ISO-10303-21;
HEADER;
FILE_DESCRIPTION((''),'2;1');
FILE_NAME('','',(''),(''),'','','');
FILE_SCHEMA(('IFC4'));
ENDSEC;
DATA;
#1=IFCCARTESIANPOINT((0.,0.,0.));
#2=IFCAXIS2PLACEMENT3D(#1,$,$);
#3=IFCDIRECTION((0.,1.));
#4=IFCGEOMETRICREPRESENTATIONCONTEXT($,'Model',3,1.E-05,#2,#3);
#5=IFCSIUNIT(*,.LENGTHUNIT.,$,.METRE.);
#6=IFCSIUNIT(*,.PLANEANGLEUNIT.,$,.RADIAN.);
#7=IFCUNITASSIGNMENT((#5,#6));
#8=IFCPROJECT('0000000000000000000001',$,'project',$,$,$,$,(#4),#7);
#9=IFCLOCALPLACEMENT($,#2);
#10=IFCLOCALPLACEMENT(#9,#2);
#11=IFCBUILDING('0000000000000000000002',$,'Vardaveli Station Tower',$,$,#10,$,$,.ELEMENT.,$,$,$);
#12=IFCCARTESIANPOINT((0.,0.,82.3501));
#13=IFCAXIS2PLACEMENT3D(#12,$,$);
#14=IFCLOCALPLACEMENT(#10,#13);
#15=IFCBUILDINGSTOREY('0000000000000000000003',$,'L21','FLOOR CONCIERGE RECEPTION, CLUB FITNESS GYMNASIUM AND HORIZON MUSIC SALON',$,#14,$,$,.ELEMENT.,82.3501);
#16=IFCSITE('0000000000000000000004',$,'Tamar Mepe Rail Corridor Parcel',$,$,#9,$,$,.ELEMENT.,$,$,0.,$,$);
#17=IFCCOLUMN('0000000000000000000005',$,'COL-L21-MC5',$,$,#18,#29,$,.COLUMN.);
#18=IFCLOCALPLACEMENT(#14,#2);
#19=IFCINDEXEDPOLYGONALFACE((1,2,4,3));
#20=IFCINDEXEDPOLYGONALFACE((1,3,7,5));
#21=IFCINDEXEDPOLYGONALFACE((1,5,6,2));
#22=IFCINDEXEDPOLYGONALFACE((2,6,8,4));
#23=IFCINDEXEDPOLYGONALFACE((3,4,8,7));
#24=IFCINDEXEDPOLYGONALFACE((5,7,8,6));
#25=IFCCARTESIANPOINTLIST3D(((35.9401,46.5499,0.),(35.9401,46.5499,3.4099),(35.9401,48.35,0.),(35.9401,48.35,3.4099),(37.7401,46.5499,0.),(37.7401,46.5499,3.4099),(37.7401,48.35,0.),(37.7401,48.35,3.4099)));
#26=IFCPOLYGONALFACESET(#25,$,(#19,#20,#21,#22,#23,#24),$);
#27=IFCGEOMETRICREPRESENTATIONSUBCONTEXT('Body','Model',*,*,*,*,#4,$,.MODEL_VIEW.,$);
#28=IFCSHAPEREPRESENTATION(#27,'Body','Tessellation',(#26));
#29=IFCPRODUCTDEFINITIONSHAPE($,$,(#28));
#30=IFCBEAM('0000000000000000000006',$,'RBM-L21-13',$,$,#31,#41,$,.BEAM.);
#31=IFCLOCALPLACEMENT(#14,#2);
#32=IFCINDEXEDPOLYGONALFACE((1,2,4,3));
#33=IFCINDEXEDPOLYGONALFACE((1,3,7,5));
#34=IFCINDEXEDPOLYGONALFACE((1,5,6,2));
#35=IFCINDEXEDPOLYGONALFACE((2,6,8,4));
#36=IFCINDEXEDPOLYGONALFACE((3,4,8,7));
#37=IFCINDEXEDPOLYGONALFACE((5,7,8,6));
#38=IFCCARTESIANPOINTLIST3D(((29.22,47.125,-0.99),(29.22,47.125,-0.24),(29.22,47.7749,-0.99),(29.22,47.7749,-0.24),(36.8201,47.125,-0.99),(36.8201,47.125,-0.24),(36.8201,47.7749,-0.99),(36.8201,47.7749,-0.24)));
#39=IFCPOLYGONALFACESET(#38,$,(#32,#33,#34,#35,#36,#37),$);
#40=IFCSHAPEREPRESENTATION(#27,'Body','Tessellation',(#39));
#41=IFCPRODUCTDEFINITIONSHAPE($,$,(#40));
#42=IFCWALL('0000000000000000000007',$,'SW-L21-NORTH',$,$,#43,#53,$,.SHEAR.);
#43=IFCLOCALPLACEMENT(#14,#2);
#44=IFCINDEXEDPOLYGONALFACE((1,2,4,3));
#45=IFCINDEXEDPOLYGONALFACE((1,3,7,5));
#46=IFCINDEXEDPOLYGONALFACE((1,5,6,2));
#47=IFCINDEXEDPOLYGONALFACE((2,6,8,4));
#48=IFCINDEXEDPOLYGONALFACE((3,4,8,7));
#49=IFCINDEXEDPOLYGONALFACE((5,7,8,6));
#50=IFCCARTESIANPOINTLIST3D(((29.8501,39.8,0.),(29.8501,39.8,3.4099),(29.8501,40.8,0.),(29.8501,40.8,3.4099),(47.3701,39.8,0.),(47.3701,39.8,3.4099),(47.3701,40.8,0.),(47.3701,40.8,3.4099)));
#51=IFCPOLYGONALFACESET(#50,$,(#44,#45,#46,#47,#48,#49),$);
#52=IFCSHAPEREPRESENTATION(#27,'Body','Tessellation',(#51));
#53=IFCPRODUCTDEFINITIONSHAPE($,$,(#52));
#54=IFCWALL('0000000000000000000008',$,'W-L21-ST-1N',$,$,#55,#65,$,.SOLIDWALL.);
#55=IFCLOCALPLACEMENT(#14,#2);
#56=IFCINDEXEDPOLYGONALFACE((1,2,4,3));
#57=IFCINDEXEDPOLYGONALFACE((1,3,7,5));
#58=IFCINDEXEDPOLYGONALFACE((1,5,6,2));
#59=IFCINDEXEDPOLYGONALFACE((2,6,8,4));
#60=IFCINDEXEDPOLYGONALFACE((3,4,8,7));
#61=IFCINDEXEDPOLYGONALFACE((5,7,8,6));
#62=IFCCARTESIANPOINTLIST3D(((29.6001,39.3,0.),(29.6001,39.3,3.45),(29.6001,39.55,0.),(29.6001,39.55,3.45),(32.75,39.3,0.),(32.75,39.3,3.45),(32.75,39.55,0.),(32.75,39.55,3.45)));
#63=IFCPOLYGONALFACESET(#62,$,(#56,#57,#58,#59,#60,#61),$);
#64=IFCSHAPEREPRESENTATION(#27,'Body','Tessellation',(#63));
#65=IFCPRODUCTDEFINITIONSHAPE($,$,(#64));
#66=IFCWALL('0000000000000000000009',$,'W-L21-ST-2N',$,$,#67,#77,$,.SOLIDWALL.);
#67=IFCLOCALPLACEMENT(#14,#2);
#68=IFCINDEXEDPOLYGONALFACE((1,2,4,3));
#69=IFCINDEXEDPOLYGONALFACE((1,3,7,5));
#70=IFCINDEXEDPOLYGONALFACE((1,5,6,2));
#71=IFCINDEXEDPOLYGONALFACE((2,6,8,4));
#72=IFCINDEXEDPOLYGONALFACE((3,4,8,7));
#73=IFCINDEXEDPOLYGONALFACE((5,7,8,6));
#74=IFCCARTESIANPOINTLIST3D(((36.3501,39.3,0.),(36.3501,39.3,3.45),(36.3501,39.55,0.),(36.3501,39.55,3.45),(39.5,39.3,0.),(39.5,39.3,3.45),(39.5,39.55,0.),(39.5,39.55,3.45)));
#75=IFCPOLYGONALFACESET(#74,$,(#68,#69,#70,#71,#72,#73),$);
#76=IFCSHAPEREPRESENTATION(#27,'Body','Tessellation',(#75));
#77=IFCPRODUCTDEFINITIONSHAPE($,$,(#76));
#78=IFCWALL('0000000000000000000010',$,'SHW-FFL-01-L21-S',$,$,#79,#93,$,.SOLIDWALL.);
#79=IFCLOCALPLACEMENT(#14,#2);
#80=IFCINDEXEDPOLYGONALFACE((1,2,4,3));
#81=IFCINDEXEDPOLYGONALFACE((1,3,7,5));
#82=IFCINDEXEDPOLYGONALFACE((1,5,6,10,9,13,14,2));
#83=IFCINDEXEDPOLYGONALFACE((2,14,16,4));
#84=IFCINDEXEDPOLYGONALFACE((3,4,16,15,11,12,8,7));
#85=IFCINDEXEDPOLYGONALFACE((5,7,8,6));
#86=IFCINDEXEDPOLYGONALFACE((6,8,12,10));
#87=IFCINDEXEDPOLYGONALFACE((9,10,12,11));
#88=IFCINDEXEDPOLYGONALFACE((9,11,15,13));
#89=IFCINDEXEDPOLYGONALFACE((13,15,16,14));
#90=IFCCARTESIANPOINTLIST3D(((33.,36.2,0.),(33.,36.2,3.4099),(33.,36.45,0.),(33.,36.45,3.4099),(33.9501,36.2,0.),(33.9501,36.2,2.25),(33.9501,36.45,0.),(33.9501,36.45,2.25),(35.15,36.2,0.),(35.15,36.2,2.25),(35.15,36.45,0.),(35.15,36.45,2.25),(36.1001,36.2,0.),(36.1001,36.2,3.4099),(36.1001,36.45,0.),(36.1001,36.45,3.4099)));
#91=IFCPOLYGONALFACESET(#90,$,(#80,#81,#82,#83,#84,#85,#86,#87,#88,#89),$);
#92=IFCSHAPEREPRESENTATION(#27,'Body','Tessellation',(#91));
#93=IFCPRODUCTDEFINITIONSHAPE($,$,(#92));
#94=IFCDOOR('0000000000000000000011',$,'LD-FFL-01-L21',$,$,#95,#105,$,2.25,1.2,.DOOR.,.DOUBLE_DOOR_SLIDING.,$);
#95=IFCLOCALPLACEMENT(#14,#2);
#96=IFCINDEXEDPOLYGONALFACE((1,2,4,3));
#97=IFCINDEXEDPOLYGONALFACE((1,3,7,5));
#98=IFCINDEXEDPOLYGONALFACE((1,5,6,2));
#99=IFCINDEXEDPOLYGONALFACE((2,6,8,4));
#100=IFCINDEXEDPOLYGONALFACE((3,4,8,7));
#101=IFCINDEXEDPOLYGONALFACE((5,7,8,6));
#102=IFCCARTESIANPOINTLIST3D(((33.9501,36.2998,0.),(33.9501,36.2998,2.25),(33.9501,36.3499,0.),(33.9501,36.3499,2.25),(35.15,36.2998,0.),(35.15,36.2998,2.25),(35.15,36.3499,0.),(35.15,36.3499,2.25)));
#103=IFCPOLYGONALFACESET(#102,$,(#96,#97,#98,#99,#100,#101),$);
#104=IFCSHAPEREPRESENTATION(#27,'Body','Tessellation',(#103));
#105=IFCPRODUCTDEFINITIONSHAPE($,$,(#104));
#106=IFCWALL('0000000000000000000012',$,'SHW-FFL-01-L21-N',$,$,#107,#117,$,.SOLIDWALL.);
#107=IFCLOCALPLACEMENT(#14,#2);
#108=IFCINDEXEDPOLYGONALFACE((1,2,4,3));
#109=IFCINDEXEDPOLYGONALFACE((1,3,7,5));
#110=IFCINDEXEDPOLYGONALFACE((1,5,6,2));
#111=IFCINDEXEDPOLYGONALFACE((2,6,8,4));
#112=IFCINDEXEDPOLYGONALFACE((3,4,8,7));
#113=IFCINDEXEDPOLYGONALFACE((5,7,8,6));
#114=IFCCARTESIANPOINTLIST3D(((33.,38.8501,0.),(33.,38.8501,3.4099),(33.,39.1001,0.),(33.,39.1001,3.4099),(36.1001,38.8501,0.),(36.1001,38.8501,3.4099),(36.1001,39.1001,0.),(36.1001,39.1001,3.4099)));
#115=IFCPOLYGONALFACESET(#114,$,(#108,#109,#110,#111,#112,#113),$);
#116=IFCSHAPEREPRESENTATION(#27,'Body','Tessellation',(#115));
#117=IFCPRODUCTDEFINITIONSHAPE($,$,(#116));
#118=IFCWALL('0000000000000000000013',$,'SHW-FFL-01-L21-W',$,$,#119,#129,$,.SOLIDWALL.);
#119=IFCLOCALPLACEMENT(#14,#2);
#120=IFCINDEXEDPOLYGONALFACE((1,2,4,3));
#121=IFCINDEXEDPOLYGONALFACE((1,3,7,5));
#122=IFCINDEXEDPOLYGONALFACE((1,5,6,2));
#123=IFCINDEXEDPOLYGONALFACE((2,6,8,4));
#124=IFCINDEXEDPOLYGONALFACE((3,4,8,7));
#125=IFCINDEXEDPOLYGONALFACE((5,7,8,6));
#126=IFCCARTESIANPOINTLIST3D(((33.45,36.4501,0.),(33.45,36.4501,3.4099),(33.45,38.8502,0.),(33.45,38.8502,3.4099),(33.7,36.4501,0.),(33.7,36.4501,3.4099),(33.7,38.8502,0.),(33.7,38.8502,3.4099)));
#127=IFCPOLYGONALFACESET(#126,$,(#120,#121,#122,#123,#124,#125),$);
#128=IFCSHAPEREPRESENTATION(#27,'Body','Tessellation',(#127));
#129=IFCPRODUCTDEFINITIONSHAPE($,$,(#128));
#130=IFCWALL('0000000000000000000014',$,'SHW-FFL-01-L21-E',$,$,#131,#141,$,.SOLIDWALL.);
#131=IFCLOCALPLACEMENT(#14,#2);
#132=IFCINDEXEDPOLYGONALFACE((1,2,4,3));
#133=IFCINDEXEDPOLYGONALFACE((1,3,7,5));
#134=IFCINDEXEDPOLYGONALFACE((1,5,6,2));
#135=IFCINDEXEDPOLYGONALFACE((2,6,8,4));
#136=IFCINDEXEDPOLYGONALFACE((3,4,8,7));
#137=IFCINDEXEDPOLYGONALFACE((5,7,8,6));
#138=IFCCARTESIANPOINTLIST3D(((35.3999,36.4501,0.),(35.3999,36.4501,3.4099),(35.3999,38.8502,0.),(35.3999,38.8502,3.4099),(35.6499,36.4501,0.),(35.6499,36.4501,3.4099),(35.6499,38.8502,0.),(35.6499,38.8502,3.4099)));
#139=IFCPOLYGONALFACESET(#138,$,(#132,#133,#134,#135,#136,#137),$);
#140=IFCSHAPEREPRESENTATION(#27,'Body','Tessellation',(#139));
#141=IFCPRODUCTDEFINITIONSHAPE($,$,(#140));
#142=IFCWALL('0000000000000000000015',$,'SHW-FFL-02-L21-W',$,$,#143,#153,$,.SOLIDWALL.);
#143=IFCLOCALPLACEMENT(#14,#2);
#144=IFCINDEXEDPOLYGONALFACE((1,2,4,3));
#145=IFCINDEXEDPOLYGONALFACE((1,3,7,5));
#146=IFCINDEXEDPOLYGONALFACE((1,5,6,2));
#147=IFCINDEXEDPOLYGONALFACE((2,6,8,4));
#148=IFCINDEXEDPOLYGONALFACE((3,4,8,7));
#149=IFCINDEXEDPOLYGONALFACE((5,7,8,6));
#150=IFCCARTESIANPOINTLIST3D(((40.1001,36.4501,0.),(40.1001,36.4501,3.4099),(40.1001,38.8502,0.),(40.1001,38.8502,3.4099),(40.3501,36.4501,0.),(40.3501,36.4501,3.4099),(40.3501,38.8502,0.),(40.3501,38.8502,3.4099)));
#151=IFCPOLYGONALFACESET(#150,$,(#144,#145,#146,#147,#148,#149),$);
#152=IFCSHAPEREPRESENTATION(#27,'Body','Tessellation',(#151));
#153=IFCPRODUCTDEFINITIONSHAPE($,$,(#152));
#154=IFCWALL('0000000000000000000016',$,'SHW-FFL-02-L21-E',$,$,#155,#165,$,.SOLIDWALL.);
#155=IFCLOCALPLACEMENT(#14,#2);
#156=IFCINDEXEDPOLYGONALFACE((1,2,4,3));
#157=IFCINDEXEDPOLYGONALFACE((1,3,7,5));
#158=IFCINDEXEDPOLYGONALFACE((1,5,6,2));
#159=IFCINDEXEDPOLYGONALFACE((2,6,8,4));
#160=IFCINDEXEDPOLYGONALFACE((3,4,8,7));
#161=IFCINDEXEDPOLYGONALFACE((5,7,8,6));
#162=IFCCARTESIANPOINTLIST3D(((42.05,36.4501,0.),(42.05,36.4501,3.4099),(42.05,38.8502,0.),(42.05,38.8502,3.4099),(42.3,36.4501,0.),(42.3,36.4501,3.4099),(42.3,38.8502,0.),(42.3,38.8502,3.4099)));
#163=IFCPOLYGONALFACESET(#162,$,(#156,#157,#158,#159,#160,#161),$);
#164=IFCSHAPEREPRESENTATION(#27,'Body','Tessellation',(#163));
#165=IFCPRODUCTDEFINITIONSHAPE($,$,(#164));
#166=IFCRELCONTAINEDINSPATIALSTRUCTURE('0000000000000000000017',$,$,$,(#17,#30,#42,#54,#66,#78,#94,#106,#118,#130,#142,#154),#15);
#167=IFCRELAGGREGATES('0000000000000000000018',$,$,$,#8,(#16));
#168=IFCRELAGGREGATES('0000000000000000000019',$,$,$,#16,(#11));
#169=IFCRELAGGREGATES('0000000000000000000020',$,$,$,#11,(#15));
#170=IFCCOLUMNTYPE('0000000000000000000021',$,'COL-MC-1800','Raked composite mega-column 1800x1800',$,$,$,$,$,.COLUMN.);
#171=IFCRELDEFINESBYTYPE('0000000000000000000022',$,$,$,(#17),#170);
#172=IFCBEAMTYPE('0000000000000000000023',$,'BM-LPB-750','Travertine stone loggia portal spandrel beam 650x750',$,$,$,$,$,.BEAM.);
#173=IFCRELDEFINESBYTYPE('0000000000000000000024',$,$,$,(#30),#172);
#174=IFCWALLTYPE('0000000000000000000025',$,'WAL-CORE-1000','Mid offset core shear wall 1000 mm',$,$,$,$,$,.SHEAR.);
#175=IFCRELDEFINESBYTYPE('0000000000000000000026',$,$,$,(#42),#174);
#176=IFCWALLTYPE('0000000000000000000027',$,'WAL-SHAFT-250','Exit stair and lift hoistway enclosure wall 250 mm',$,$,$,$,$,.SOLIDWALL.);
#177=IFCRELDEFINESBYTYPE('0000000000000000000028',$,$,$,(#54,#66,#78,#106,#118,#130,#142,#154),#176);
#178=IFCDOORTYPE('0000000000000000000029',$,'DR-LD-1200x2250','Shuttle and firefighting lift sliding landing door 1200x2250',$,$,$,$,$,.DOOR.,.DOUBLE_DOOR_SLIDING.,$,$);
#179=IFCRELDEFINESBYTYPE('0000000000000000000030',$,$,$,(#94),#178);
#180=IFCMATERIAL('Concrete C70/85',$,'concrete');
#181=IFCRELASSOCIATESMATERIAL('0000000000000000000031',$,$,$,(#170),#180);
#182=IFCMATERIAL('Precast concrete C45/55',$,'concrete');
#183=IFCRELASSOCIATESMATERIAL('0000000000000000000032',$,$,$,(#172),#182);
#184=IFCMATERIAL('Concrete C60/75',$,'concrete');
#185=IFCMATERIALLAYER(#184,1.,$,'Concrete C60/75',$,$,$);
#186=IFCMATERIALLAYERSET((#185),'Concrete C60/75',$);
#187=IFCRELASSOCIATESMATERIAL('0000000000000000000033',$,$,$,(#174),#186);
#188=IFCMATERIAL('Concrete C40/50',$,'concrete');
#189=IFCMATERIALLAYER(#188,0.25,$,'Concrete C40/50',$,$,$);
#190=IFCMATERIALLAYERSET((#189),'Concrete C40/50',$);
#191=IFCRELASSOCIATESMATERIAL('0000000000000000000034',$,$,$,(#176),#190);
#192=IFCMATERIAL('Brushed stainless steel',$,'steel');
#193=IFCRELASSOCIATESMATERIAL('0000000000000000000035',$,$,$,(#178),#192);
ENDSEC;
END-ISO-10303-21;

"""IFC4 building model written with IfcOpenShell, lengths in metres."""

from ifc_helpers import new_model, si_unit, direction, frame, frame_2d, origin, origin_2d, place, context, subcontext, project, spatial, rectangle, extrude, source, transform, mapped, material, layer, layer_set, material_profile, profile_set, type_object, element, fill, save


model = new_model("IFC4")

# Units and contexts
model_context = context("Model", 3, precision=1e-05, world=origin(), true_north=direction((0.0, 1.0)))
body_context = subcontext(model_context, "Body", "Model", "MODEL_VIEW")
ifc_project = project(units=[si_unit("LENGTHUNIT", "METRE"), si_unit("PLANEANGLEUNIT", "RADIAN")], contexts=[model_context])

# Site, building, storey
site_placement = place(None, origin())
site = spatial("IfcSite", under=ifc_project, at=site_placement, Name="Tamar Mepe Rail Corridor Parcel", CompositionType="ELEMENT", RefElevation=0.0)
building_placement = place(site_placement, origin())
building = spatial("IfcBuilding", under=site, at=building_placement, Name="Vardaveli Station Tower", CompositionType="ELEMENT")
storey_placement = place(building_placement, frame((0.0, 0.0, 82.3501)))
storey = spatial("IfcBuildingStorey", under=building, at=storey_placement, Name="L21", Description="FLOOR CONCIERGE RECEPTION, CLUB FITNESS GYMNASIUM AND HORIZON MUSIC SALON", CompositionType="ELEMENT", Elevation=82.3501)

# Column
ifc_material_1 = material(Name="Concrete C70/85", Category="concrete")
ifc_material_profile_1 = material_profile(ifc_material_1, rectangle(XDim=1.8, YDim=1.8, at=origin_2d()), Name="MC 1800x1800")
ifc_profile_set_1 = profile_set([ifc_material_profile_1], Name="Concrete C70/85")
column_type = type_object("IfcColumnType", Name="COL-MC-1800", Description="Raked composite mega-column 1800x1800", PredefinedType="COLUMN", material=ifc_profile_set_1)
shared_shape_1 = source(origin(), body_context, "Body", "SweptSolid", [
    extrude(rectangle(XDim=1.8, YDim=1.8, at=origin_2d()), origin(), (0.0, 0.0, 1.0), 3.4099),
])
column_placement = place(storey_placement, frame((36.8401, 47.45, 0.0), z_axis=(0.0, 0.0, 1.0), x_axis=(1.0, 0.0, 0.0)))
element("IfcColumn", 1, at=column_placement, inside=storey, type_object=column_type, Name="COL-L21-MC5", PredefinedType="COLUMN", context=body_context, shape_type="MappedRepresentation", body=[
    mapped(shared_shape_1, transform((0.0, 0.0, 0.0), scale=1.0)),
])

# Beam
ifc_material_2 = material(Name="Precast concrete C45/55", Category="concrete")
ifc_material_profile_2 = material_profile(ifc_material_2, rectangle(XDim=0.6499, YDim=0.75, at=origin_2d()), Name="LPB 650x750")
ifc_profile_set_2 = profile_set([ifc_material_profile_2], Name="Precast concrete C45/55")
beam_type = type_object("IfcBeamType", Name="BM-LPB-750", Description="Travertine stone loggia portal spandrel beam 650x750", PredefinedType="BEAM", material=ifc_profile_set_2)
shared_shape_2 = source(origin(), body_context, "Body", "SweptSolid", [
    extrude(rectangle(XDim=0.6499, YDim=0.75, at=origin_2d()), origin(), (0.0, 0.0, 1.0), 7.6001),
])
beam_placement = place(storey_placement, frame((36.8201, 47.45, -0.615), z_axis=(-1.0, 0.0, 0.0), x_axis=(0.0, -1.0, 0.0)))
element("IfcBeam", 2, at=beam_placement, inside=storey, type_object=beam_type, Name="RBM-L21-13", PredefinedType="BEAM", context=body_context, shape_type="MappedRepresentation", body=[
    mapped(shared_shape_2, transform((0.0, 0.0, 0.0), scale=1.0)),
])

# Walls
ifc_material_3 = material(Name="Concrete C60/75", Category="concrete")
ifc_layer_1 = layer(ifc_material_3, 1.0, Name="Concrete C60/75")
ifc_layer_set_1 = layer_set([ifc_layer_1], Name="Concrete C60/75")
wall_type_1 = type_object("IfcWallType", Name="WAL-CORE-1000", Description="Mid offset core shear wall 1000 mm", PredefinedType="SHEAR", material=ifc_layer_set_1)
shared_shape_3 = source(origin(), body_context, "Body", "SweptSolid", [
    extrude(rectangle(XDim=17.52, YDim=1.0, at=frame_2d((8.76, 0.0))), origin(), (0.0, 0.0, 1.0), 3.4099),
])
wall_1_placement = place(storey_placement, frame((29.8501, 40.3, 0.0), z_axis=(0.0, 0.0, 1.0), x_axis=(1.0, 0.0, 0.0)))
element("IfcWall", 3, at=wall_1_placement, inside=storey, type_object=wall_type_1, Name="SW-L21-NORTH", PredefinedType="SHEAR", context=body_context, shape_type="MappedRepresentation", body=[
    mapped(shared_shape_3, transform((0.0, 0.0, 0.0), scale=1.0)),
])
ifc_material_4 = material(Name="Concrete C40/50", Category="concrete")
ifc_layer_2 = layer(ifc_material_4, 0.25, Name="Concrete C40/50")
ifc_layer_set_2 = layer_set([ifc_layer_2], Name="Concrete C40/50")
wall_type_2 = type_object("IfcWallType", Name="WAL-SHAFT-250", Description="Exit stair and lift hoistway enclosure wall 250 mm", PredefinedType="SOLIDWALL", material=ifc_layer_set_2)
shared_shape_4 = source(origin(), body_context, "Body", "SweptSolid", [
    extrude(rectangle(XDim=3.1499, YDim=0.25, at=frame_2d((1.575, 0.0))), origin(), (0.0, 0.0, 1.0), 3.45),
])
for number, where, z_axis, x_axis, name in (
    (4, (29.6001, 39.425, 0.0), (0.0, 0.0, 1.0), (1.0, 0.0, 0.0), "W-L21-ST-1N"),
    (5, (36.3501, 39.425, 0.0), (0.0, 0.0, 1.0), (1.0, 0.0, 0.0), "W-L21-ST-2N"),
):
    element("IfcWall", number, at=place(storey_placement, frame(where, z_axis=z_axis, x_axis=x_axis)), inside=storey, type_object=wall_type_2, Name=name, PredefinedType="SOLIDWALL", context=body_context, shape_type="MappedRepresentation", body=[
        mapped(shared_shape_4, transform((0.0, 0.0, 0.0), scale=1.0)),
    ])

# Wall, opening, door
shared_shape_5 = source(origin(), body_context, "Body", "SweptSolid", [
    extrude(rectangle(XDim=3.1001, YDim=0.25, at=frame_2d((1.55, 0.0))), origin(), (0.0, 0.0, 1.0), 3.4099),
])
wall_2_placement = place(storey_placement, frame((33.0, 36.325, 0.0), z_axis=(0.0, 0.0, 1.0), x_axis=(1.0, 0.0, 0.0)))
wall_2 = element("IfcWall", 6, at=wall_2_placement, inside=storey, type_object=wall_type_2, Name="SHW-FFL-01-L21-S", PredefinedType="SOLIDWALL", context=body_context, shape_type="MappedRepresentation", body=[
    mapped(shared_shape_5, transform((0.0, 0.0, 0.0), scale=1.0)),
])
shared_shape_6 = source(origin(), body_context, "Body", "SweptSolid", [
    extrude(rectangle(XDim=1.2, YDim=2.25, at=frame_2d((0.6001, 1.125))), frame((0.0, 0.135, 0.0), z_axis=(0.0, -1.0, 0.0), x_axis=(1.0, 0.0, 0.0)), (0.0, 0.0, 1.0), 0.27),
])
opening_1_placement = place(wall_2_placement, frame((0.95, 0.0, 0.0)))
opening_1 = element("IfcOpeningElement", 7, at=opening_1_placement, cuts=wall_2, PredefinedType="OPENING", context=body_context, shape_type="MappedRepresentation", body=[
    mapped(shared_shape_6, transform((0.0, 0.0, 0.0), scale=1.0)),
])
ifc_material_5 = material(Name="Brushed stainless steel", Category="steel")
door_type = type_object("IfcDoorType", Name="DR-LD-1200x2250", Description="Shuttle and firefighting lift sliding landing door 1200x2250", OperationType="DOUBLE_DOOR_SLIDING", PredefinedType="DOOR", material=ifc_material_5)
shared_shape_7 = source(origin(), body_context, "Body", "SweptSolid", [
    extrude(rectangle(XDim=1.2, YDim=2.25, at=frame_2d((0.6001, 1.125))), frame((0.0, 0.0249, 0.0), z_axis=(0.0, -1.0, 0.0), x_axis=(1.0, 0.0, 0.0)), (0.0, 0.0, 1.0), 0.05),
])
door_1_placement = place(opening_1_placement, origin())
door_1 = element("IfcDoor", 8, at=door_1_placement, inside=storey, type_object=door_type, Name="LD-FFL-01-L21", OperationType="DOUBLE_DOOR_SLIDING", OverallHeight=2.25, OverallWidth=1.2, PredefinedType="DOOR", context=body_context, shape_type="MappedRepresentation", body=[
    mapped(shared_shape_7, transform((0.0, 0.0, 0.0), scale=1.0)),
])
fill(opening_1, door_1)

# Walls
wall_3_placement = place(storey_placement, frame((33.0, 38.9751, 0.0), z_axis=(0.0, 0.0, 1.0), x_axis=(1.0, 0.0, 0.0)))
element("IfcWall", 9, at=wall_3_placement, inside=storey, type_object=wall_type_2, Name="SHW-FFL-01-L21-N", PredefinedType="SOLIDWALL", context=body_context, shape_type="MappedRepresentation", body=[
    mapped(shared_shape_5, transform((0.0, 0.0, 0.0), scale=1.0)),
])
shared_shape_8 = source(origin(), body_context, "Body", "SweptSolid", [
    extrude(rectangle(XDim=2.4001, YDim=0.25, at=frame_2d((1.2002, 0.0))), origin(), (0.0, 0.0, 1.0), 3.4099),
])
for number, where, z_axis, x_axis, name in (
    (10, (33.575, 36.45, 0.0), (0.0, 0.0, 1.0), (0.0, 1.0, 0.0), "SHW-FFL-01-L21-W"),
    (11, (35.5249, 36.45, 0.0), (0.0, 0.0, 1.0), (0.0, 1.0, 0.0), "SHW-FFL-01-L21-E"),
    (12, (40.2251, 36.45, 0.0), (0.0, 0.0, 1.0), (0.0, 1.0, 0.0), "SHW-FFL-02-L21-W"),
    (13, (42.175, 36.45, 0.0), (0.0, 0.0, 1.0), (0.0, 1.0, 0.0), "SHW-FFL-02-L21-E"),
):
    element("IfcWall", number, at=place(storey_placement, frame(where, z_axis=z_axis, x_axis=x_axis)), inside=storey, type_object=wall_type_2, Name=name, PredefinedType="SOLIDWALL", context=body_context, shape_type="MappedRepresentation", body=[
        mapped(shared_shape_8, transform((0.0, 0.0, 0.0), scale=1.0)),
    ])

save(model, "model.ifc")
